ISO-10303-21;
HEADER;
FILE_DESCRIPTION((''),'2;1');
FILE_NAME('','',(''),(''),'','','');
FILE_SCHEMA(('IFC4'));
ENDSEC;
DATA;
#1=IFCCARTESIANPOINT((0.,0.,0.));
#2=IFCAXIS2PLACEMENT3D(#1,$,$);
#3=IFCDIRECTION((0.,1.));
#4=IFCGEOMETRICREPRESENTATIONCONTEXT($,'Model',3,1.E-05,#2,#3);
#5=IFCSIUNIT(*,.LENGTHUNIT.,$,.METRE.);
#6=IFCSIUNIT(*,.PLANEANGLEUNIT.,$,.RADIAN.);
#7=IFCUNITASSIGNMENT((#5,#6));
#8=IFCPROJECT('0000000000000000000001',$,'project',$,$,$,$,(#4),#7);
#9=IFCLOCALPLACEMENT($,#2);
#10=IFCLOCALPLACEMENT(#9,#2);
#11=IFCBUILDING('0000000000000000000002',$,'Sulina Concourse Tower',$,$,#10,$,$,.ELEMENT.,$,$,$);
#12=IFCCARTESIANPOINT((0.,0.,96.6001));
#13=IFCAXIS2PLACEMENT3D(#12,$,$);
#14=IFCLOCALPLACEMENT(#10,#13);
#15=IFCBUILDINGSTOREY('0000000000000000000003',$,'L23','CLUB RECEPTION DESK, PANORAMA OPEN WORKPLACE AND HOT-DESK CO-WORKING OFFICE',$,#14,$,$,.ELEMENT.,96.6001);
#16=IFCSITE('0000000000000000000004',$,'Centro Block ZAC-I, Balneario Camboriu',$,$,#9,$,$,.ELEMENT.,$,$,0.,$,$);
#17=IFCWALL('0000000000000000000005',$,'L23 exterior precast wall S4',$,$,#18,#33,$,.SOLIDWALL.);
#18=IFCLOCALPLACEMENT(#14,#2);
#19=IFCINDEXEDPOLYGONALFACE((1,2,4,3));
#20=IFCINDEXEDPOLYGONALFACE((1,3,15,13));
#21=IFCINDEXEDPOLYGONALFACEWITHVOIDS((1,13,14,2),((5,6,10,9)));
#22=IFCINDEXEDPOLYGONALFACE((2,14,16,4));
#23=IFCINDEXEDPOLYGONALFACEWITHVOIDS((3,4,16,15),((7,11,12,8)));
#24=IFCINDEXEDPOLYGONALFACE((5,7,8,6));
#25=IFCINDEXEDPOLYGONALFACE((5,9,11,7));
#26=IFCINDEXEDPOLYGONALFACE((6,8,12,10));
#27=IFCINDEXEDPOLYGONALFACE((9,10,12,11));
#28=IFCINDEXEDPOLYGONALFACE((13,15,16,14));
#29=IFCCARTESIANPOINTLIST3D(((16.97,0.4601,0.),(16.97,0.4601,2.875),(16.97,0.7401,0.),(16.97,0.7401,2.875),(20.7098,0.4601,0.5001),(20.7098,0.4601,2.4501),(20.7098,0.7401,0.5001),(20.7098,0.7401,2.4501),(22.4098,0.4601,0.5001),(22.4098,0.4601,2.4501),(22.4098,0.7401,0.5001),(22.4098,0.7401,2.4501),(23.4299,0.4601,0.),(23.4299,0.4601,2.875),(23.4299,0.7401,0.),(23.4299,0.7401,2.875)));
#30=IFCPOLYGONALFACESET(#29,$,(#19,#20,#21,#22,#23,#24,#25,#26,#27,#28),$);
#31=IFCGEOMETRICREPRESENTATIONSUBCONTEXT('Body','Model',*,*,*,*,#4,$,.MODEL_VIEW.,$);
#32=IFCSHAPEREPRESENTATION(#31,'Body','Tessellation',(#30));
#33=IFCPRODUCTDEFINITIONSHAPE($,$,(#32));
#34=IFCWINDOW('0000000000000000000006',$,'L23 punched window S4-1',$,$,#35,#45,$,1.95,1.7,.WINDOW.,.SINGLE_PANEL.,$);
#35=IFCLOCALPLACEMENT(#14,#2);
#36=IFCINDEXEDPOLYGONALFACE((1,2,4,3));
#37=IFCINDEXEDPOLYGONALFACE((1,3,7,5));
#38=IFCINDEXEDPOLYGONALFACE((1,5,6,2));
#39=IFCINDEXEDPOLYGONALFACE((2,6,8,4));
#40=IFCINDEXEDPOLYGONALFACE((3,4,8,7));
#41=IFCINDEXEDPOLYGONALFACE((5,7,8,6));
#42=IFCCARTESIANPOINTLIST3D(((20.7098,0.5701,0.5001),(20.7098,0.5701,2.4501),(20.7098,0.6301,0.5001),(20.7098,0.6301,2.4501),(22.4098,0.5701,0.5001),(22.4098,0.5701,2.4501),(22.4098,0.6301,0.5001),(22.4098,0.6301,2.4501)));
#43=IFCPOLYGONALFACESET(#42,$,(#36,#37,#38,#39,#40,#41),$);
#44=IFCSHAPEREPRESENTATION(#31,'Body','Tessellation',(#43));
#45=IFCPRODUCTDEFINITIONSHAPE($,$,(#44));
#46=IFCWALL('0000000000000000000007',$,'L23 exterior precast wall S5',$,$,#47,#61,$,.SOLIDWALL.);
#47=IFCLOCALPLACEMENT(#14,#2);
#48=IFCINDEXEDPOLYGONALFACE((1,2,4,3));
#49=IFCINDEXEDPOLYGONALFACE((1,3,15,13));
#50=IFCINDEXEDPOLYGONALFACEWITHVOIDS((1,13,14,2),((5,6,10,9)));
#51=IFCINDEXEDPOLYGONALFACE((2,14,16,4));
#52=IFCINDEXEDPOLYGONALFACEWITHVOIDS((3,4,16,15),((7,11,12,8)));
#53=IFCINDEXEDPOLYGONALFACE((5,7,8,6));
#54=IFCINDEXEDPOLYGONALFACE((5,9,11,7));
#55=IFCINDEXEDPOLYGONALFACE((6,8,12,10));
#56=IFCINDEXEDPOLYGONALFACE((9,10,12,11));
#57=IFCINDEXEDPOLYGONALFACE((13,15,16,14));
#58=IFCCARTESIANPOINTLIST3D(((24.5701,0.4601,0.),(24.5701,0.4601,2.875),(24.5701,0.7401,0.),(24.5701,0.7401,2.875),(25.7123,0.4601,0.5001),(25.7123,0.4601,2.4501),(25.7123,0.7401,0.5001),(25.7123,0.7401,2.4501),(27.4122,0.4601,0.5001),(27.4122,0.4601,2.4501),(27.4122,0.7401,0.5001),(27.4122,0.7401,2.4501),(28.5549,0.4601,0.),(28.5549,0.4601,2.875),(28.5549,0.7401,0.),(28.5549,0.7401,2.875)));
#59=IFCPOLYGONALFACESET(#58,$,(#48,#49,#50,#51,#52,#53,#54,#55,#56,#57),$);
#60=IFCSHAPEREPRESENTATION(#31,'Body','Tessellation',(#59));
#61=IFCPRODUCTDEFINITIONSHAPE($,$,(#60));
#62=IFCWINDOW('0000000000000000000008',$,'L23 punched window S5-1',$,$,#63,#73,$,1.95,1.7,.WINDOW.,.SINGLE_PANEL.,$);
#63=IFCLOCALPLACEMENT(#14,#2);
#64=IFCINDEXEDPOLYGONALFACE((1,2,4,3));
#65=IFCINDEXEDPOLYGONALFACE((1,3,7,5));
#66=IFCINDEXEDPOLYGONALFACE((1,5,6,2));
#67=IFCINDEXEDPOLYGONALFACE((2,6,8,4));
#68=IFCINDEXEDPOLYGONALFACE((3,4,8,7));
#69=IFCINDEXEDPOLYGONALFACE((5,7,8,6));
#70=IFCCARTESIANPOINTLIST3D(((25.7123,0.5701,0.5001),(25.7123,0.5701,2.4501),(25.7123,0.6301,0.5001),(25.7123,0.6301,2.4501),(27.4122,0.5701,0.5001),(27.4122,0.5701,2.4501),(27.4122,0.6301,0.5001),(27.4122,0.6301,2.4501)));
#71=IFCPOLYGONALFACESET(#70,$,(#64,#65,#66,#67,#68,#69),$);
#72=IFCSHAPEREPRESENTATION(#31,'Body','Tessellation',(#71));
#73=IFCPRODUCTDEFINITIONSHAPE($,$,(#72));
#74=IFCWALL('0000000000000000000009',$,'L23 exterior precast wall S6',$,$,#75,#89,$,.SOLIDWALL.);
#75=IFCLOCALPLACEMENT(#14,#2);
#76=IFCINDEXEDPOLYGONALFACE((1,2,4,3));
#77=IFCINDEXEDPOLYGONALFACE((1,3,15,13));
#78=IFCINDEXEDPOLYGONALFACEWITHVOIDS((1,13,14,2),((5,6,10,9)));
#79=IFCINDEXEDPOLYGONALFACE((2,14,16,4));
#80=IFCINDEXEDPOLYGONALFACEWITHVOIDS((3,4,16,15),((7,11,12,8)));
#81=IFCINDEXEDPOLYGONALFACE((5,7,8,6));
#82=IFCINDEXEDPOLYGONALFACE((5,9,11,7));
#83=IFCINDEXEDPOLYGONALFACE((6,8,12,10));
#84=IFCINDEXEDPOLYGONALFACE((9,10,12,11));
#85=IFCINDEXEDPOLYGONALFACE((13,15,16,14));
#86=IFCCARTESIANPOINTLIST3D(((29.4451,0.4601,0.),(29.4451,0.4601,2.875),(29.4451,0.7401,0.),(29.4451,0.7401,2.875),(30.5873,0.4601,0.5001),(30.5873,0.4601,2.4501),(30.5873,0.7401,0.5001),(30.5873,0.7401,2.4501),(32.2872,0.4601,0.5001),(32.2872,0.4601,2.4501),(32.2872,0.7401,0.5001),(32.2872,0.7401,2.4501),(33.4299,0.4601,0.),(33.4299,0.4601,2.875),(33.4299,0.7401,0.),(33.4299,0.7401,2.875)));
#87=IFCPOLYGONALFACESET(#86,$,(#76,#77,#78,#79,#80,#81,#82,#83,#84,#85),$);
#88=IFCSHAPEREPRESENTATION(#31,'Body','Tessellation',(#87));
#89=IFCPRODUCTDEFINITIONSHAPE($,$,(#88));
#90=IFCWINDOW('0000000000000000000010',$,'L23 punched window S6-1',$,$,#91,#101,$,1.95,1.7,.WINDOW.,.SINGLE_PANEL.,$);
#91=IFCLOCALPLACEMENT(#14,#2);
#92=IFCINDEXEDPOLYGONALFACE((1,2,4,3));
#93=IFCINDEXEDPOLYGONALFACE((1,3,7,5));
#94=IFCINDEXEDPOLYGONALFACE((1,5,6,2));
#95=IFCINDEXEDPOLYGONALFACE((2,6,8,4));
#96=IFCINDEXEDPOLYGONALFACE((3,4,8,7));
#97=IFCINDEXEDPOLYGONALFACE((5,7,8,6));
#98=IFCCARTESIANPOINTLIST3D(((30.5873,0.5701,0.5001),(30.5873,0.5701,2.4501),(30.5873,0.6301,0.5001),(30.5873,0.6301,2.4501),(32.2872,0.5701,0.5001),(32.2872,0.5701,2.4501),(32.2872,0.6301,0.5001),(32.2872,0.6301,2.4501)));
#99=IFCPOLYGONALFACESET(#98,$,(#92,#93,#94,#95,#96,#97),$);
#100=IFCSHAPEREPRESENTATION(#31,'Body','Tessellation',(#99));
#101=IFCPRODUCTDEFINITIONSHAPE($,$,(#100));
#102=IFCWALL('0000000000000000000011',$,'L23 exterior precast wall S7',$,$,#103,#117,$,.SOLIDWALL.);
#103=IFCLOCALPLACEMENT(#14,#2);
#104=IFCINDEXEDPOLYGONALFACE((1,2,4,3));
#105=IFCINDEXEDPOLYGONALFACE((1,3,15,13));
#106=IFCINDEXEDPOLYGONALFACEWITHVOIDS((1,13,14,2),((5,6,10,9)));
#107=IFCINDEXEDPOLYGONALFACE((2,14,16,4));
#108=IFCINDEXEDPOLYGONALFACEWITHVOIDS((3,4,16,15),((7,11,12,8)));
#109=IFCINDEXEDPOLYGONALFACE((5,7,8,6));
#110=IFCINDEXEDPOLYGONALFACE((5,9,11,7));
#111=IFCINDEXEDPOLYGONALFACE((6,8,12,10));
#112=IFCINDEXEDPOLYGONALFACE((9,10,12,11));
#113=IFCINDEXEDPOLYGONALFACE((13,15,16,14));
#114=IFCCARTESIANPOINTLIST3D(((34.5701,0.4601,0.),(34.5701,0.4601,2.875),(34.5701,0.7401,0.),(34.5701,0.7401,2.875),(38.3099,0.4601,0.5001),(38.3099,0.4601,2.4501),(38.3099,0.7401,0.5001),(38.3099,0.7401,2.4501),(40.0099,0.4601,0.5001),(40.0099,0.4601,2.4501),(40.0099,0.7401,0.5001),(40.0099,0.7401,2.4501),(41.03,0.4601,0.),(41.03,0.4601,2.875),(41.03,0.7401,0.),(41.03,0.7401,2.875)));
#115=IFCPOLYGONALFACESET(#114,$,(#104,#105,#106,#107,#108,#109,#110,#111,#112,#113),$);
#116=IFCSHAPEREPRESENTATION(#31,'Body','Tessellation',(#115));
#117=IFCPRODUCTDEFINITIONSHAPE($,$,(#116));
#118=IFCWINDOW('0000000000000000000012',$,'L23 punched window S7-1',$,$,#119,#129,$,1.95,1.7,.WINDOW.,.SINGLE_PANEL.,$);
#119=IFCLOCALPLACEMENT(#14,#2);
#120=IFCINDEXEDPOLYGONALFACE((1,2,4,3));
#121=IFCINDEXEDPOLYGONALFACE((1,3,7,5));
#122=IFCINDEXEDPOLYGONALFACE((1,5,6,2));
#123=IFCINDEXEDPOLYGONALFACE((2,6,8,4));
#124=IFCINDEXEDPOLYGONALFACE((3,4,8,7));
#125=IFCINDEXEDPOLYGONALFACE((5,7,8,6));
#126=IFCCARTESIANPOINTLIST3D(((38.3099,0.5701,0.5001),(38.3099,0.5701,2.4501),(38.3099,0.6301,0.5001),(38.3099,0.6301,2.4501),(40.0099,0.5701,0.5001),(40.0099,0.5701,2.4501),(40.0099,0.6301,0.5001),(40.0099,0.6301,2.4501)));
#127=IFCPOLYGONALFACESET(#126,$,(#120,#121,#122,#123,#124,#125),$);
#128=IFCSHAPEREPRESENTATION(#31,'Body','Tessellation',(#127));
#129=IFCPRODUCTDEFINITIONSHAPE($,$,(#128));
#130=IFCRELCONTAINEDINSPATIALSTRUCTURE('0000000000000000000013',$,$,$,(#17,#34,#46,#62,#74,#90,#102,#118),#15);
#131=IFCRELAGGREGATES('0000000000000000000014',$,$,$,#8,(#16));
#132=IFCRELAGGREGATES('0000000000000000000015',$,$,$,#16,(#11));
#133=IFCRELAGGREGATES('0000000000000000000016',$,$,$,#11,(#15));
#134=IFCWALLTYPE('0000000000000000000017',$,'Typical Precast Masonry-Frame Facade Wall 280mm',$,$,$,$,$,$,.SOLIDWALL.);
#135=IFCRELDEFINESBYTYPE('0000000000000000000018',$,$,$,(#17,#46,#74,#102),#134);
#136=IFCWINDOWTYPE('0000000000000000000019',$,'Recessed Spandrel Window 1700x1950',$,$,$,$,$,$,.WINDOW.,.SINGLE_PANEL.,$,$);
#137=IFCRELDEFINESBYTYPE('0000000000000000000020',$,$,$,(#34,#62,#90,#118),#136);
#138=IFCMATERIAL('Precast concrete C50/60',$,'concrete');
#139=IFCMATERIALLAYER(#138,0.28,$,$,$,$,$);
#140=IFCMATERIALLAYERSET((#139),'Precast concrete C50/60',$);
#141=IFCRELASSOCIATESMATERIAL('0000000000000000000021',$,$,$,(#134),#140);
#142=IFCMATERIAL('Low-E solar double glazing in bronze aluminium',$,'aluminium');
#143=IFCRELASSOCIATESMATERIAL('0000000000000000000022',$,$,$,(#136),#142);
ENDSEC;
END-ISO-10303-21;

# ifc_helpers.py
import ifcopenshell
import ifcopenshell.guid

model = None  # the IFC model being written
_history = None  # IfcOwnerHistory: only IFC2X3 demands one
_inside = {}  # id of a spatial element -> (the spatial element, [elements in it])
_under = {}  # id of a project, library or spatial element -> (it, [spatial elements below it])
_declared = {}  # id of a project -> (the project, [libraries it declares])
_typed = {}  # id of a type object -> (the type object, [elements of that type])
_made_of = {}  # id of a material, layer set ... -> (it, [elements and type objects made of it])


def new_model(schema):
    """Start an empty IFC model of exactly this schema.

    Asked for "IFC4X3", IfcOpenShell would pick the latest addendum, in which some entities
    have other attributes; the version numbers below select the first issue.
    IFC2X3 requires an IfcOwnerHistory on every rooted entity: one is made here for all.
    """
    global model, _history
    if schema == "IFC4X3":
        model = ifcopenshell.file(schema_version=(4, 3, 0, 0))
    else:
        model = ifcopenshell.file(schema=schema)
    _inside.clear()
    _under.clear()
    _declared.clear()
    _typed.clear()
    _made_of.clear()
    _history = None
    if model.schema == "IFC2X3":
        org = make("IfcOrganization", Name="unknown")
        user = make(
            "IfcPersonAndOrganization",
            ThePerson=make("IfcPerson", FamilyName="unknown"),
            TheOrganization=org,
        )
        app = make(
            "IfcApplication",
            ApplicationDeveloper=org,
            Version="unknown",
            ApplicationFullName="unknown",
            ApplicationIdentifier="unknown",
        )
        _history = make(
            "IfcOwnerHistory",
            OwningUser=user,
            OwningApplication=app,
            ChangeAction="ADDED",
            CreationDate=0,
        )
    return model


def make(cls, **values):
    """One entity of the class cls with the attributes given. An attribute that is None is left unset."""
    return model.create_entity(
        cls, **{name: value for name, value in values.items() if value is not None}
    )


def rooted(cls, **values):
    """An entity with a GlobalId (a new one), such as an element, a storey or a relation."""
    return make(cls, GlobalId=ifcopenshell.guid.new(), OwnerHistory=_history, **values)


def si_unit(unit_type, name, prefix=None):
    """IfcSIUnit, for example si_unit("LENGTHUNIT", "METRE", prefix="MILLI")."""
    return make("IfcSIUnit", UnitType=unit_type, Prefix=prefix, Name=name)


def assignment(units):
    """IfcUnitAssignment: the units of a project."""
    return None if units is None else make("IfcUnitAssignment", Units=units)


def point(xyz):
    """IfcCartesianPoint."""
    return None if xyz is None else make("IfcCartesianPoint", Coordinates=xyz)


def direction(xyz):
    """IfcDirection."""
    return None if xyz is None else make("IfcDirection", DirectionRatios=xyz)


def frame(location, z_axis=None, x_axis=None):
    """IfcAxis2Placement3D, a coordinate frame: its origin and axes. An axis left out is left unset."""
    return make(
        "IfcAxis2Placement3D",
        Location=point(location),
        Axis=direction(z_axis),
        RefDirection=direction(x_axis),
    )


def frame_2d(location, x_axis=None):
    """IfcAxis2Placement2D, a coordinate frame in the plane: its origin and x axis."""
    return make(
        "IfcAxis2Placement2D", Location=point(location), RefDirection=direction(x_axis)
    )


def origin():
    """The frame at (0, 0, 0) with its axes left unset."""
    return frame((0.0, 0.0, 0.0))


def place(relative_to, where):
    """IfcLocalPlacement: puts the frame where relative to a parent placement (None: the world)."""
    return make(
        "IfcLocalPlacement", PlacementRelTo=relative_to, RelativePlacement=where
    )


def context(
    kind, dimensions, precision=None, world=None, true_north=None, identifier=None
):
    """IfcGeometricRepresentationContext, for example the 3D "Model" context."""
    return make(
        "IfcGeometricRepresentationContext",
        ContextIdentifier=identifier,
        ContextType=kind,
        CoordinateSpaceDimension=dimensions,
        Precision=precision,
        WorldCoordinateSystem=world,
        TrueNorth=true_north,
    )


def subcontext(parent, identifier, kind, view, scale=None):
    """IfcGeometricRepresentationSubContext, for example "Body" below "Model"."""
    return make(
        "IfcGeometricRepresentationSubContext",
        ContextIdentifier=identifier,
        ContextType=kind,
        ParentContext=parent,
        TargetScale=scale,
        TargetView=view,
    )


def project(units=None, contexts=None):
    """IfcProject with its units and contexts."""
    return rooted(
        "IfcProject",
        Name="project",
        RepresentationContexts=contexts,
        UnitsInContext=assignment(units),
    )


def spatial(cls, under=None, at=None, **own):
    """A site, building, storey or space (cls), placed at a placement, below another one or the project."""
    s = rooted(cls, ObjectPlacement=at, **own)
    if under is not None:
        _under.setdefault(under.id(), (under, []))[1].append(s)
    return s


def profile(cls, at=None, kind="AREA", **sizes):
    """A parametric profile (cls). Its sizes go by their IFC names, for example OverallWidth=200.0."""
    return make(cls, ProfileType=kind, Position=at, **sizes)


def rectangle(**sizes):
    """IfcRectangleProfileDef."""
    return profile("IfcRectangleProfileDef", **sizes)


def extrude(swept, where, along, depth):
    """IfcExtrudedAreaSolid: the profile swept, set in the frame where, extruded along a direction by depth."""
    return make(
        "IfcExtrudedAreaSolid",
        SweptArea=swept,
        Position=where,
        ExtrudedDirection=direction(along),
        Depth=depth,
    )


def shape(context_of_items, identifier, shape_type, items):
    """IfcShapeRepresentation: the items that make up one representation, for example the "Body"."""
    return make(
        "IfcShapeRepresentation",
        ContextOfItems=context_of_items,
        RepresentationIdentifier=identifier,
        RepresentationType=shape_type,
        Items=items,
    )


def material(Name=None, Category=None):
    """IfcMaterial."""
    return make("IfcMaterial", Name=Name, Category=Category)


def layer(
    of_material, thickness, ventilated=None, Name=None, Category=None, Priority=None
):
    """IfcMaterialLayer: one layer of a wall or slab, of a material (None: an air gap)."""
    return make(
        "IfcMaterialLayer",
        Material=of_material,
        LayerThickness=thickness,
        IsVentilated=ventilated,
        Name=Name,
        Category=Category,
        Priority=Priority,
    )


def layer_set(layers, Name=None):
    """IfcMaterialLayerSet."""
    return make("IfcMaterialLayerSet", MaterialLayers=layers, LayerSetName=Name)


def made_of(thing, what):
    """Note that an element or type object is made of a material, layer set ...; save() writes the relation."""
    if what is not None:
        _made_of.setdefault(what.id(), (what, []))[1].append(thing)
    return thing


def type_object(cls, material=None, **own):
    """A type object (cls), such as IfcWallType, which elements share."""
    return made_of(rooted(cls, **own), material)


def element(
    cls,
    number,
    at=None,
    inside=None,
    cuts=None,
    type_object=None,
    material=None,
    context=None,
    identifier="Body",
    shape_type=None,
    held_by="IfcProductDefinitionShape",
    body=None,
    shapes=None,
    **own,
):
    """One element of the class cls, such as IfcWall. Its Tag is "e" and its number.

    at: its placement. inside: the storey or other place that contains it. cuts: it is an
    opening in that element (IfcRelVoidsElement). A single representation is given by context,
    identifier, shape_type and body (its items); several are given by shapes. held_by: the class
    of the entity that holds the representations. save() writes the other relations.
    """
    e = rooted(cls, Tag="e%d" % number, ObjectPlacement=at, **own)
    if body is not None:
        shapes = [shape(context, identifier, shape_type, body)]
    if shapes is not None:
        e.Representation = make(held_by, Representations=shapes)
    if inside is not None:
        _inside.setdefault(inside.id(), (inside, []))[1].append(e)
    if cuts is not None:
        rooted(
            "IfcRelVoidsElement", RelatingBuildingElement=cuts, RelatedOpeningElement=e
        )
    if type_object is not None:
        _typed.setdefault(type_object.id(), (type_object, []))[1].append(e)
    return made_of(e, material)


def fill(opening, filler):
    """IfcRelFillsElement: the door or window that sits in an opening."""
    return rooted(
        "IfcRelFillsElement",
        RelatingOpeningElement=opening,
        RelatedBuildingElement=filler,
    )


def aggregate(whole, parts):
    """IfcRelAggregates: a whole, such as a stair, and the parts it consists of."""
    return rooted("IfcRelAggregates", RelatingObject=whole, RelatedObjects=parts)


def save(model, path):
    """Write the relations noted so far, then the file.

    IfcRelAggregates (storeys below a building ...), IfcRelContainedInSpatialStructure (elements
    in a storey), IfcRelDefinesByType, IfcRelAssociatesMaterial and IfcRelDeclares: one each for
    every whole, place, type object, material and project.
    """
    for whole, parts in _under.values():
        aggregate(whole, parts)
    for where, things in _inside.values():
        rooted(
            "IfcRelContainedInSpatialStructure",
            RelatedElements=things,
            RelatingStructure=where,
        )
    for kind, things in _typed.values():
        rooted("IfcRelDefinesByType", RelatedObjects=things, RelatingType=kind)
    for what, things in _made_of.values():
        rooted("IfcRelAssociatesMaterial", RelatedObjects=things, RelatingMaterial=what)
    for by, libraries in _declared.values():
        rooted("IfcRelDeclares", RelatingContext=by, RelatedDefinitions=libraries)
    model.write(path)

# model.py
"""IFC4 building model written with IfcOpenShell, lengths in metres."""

from ifc_helpers import new_model, si_unit, direction, frame, frame_2d, origin, place, context, subcontext, project, spatial, rectangle, extrude, material, layer, layer_set, type_object, element, fill, save


model = new_model("IFC4")

# Units and contexts
model_context = context("Model", 3, precision=1e-05, world=origin(), true_north=direction((0.0, 1.0)))
body_context = subcontext(model_context, "Body", "Model", "MODEL_VIEW")
ifc_project = project(units=[si_unit("LENGTHUNIT", "METRE"), si_unit("PLANEANGLEUNIT", "RADIAN")], contexts=[model_context])

# Site, building, storey
site_placement = place(None, origin())
site = spatial("IfcSite", under=ifc_project, at=site_placement, Name="Centro Block ZAC-I, Balneario Camboriu", CompositionType="ELEMENT", RefElevation=0.0)
building_placement = place(site_placement, origin())
building = spatial("IfcBuilding", under=site, at=building_placement, Name="Sulina Concourse Tower", CompositionType="ELEMENT")
storey_placement = place(building_placement, frame((0.0, 0.0, 96.6001)))
storey = spatial("IfcBuildingStorey", under=building, at=storey_placement, Name="L23", Description="CLUB RECEPTION DESK, PANORAMA OPEN WORKPLACE AND HOT-DESK CO-WORKING OFFICE", CompositionType="ELEMENT", Elevation=96.6001)

# Walls, openings, windows
ifc_material_1 = material(Name="Precast concrete C50/60", Category="concrete")
ifc_layer_1 = layer(ifc_material_1, 0.28)
ifc_layer_set_1 = layer_set([ifc_layer_1], Name="Precast concrete C50/60")
wall_type_1 = type_object("IfcWallType", Name="Typical Precast Masonry-Frame Facade Wall 280mm", PredefinedType="SOLIDWALL", material=ifc_layer_set_1)
wall_1_placement = place(storey_placement, frame((23.4299, 0.6001, 0.0), z_axis=(0.0, 0.0, 1.0), x_axis=(-1.0, 0.0, 0.0)))
wall_1 = element("IfcWall", 1, at=wall_1_placement, inside=storey, type_object=wall_type_1, Name="L23 exterior precast wall S4", PredefinedType="SOLIDWALL", context=body_context, shape_type="SweptSolid", body=[
    extrude(rectangle(XDim=6.46, YDim=0.28, at=frame_2d((3.23, 0.0))), origin(), (0.0, 0.0, 1.0), 2.875),
])
opening_1_placement = place(wall_1_placement, frame((1.02, 0.0, 0.5)))
opening_1 = element("IfcOpeningElement", 2, at=opening_1_placement, cuts=wall_1, PredefinedType="OPENING", context=body_context, shape_type="SweptSolid", body=[
    extrude(rectangle(XDim=1.7, YDim=1.95, at=frame_2d((0.8501, 0.9751))), frame((0.0, 0.1499, 0.0), z_axis=(0.0, -1.0, 0.0), x_axis=(1.0, 0.0, 0.0)), (0.0, 0.0, 1.0), 0.3),
])
ifc_material_2 = material(Name="Low-E solar double glazing in bronze aluminium", Category="aluminium")
window_type = type_object("IfcWindowType", Name="Recessed Spandrel Window 1700x1950", PartitioningType="SINGLE_PANEL", PredefinedType="WINDOW", material=ifc_material_2)
window_1_placement = place(opening_1_placement, origin())
window_1 = element("IfcWindow", 3, at=window_1_placement, inside=storey, type_object=window_type, Name="L23 punched window S4-1", OverallHeight=1.95, OverallWidth=1.7, PartitioningType="SINGLE_PANEL", PredefinedType="WINDOW", context=body_context, shape_type="SweptSolid", body=[
    extrude(rectangle(XDim=1.7, YDim=1.95, at=frame_2d((0.8501, 0.9751))), frame((0.0, 0.03, 0.0), z_axis=(0.0, -1.0, 0.0), x_axis=(1.0, 0.0, 0.0)), (0.0, 0.0, 1.0), 0.0601),
])
fill(opening_1, window_1)
wall_2_placement = place(storey_placement, frame((28.5549, 0.6001, 0.0), z_axis=(0.0, 0.0, 1.0), x_axis=(-1.0, 0.0, 0.0)))
wall_2 = element("IfcWall", 4, at=wall_2_placement, inside=storey, type_object=wall_type_1, Name="L23 exterior precast wall S5", PredefinedType="SOLIDWALL", context=body_context, shape_type="SweptSolid", body=[
    extrude(rectangle(XDim=3.9849, YDim=0.28, at=frame_2d((1.9924, 0.0))), origin(), (0.0, 0.0, 1.0), 2.875),
])
opening_2_placement = place(wall_2_placement, frame((1.1426, 0.0, 0.5)))
opening_2 = element("IfcOpeningElement", 5, at=opening_2_placement, cuts=wall_2, PredefinedType="OPENING", context=body_context, shape_type="SweptSolid", body=[
    extrude(rectangle(XDim=1.7, YDim=1.95, at=frame_2d((0.8501, 0.9751))), frame((0.0, 0.1499, 0.0), z_axis=(0.0, -1.0, 0.0), x_axis=(1.0, 0.0, 0.0)), (0.0, 0.0, 1.0), 0.3),
])
window_2_placement = place(opening_2_placement, origin())
window_2 = element("IfcWindow", 6, at=window_2_placement, inside=storey, type_object=window_type, Name="L23 punched window S5-1", OverallHeight=1.95, OverallWidth=1.7, PartitioningType="SINGLE_PANEL", PredefinedType="WINDOW", context=body_context, shape_type="SweptSolid", body=[
    extrude(rectangle(XDim=1.7, YDim=1.95, at=frame_2d((0.8501, 0.9751))), frame((0.0, 0.03, 0.0), z_axis=(0.0, -1.0, 0.0), x_axis=(1.0, 0.0, 0.0)), (0.0, 0.0, 1.0), 0.0601),
])
fill(opening_2, window_2)
wall_3_placement = place(storey_placement, frame((33.4299, 0.6001, 0.0), z_axis=(0.0, 0.0, 1.0), x_axis=(-1.0, 0.0, 0.0)))
wall_3 = element("IfcWall", 7, at=wall_3_placement, inside=storey, type_object=wall_type_1, Name="L23 exterior precast wall S6", PredefinedType="SOLIDWALL", context=body_context, shape_type="SweptSolid", body=[
    extrude(rectangle(XDim=3.9849, YDim=0.28, at=frame_2d((1.9924, 0.0))), origin(), (0.0, 0.0, 1.0), 2.875),
])
opening_3_placement = place(wall_3_placement, frame((1.1426, 0.0, 0.5)))
opening_3 = element("IfcOpeningElement", 8, at=opening_3_placement, cuts=wall_3, PredefinedType="OPENING", context=body_context, shape_type="SweptSolid", body=[
    extrude(rectangle(XDim=1.7, YDim=1.95, at=frame_2d((0.8501, 0.9751))), frame((0.0, 0.1499, 0.0), z_axis=(0.0, -1.0, 0.0), x_axis=(1.0, 0.0, 0.0)), (0.0, 0.0, 1.0), 0.3),
])
window_3_placement = place(opening_3_placement, origin())
window_3 = element("IfcWindow", 9, at=window_3_placement, inside=storey, type_object=window_type, Name="L23 punched window S6-1", OverallHeight=1.95, OverallWidth=1.7, PartitioningType="SINGLE_PANEL", PredefinedType="WINDOW", context=body_context, shape_type="SweptSolid", body=[
    extrude(rectangle(XDim=1.7, YDim=1.95, at=frame_2d((0.8501, 0.9751))), frame((0.0, 0.03, 0.0), z_axis=(0.0, -1.0, 0.0), x_axis=(1.0, 0.0, 0.0)), (0.0, 0.0, 1.0), 0.0601),
])
fill(opening_3, window_3)
wall_4_placement = place(storey_placement, frame((41.03, 0.6001, 0.0), z_axis=(0.0, 0.0, 1.0), x_axis=(-1.0, 0.0, 0.0)))
wall_4 = element("IfcWall", 10, at=wall_4_placement, inside=storey, type_object=wall_type_1, Name="L23 exterior precast wall S7", PredefinedType="SOLIDWALL", context=body_context, shape_type="SweptSolid", body=[
    extrude(rectangle(XDim=6.46, YDim=0.28, at=frame_2d((3.23, 0.0))), origin(), (0.0, 0.0, 1.0), 2.875),
])
opening_4_placement = place(wall_4_placement, frame((1.02, 0.0, 0.5)))
opening_4 = element("IfcOpeningElement", 11, at=opening_4_placement, cuts=wall_4, PredefinedType="OPENING", context=body_context, shape_type="SweptSolid", body=[
    extrude(rectangle(XDim=1.7, YDim=1.95, at=frame_2d((0.8501, 0.9751))), frame((0.0, 0.1499, 0.0), z_axis=(0.0, -1.0, 0.0), x_axis=(1.0, 0.0, 0.0)), (0.0, 0.0, 1.0), 0.3),
])
window_4_placement = place(opening_4_placement, origin())
window_4 = element("IfcWindow", 12, at=window_4_placement, inside=storey, type_object=window_type, Name="L23 punched window S7-1", OverallHeight=1.95, OverallWidth=1.7, PartitioningType="SINGLE_PANEL", PredefinedType="WINDOW", context=body_context, shape_type="SweptSolid", body=[
    extrude(rectangle(XDim=1.7, YDim=1.95, at=frame_2d((0.8501, 0.9751))), frame((0.0, 0.03, 0.0), z_axis=(0.0, -1.0, 0.0), x_axis=(1.0, 0.0, 0.0)), (0.0, 0.0, 1.0), 0.0601),
])
fill(opening_4, window_4)

save(model, "model.ifc")
